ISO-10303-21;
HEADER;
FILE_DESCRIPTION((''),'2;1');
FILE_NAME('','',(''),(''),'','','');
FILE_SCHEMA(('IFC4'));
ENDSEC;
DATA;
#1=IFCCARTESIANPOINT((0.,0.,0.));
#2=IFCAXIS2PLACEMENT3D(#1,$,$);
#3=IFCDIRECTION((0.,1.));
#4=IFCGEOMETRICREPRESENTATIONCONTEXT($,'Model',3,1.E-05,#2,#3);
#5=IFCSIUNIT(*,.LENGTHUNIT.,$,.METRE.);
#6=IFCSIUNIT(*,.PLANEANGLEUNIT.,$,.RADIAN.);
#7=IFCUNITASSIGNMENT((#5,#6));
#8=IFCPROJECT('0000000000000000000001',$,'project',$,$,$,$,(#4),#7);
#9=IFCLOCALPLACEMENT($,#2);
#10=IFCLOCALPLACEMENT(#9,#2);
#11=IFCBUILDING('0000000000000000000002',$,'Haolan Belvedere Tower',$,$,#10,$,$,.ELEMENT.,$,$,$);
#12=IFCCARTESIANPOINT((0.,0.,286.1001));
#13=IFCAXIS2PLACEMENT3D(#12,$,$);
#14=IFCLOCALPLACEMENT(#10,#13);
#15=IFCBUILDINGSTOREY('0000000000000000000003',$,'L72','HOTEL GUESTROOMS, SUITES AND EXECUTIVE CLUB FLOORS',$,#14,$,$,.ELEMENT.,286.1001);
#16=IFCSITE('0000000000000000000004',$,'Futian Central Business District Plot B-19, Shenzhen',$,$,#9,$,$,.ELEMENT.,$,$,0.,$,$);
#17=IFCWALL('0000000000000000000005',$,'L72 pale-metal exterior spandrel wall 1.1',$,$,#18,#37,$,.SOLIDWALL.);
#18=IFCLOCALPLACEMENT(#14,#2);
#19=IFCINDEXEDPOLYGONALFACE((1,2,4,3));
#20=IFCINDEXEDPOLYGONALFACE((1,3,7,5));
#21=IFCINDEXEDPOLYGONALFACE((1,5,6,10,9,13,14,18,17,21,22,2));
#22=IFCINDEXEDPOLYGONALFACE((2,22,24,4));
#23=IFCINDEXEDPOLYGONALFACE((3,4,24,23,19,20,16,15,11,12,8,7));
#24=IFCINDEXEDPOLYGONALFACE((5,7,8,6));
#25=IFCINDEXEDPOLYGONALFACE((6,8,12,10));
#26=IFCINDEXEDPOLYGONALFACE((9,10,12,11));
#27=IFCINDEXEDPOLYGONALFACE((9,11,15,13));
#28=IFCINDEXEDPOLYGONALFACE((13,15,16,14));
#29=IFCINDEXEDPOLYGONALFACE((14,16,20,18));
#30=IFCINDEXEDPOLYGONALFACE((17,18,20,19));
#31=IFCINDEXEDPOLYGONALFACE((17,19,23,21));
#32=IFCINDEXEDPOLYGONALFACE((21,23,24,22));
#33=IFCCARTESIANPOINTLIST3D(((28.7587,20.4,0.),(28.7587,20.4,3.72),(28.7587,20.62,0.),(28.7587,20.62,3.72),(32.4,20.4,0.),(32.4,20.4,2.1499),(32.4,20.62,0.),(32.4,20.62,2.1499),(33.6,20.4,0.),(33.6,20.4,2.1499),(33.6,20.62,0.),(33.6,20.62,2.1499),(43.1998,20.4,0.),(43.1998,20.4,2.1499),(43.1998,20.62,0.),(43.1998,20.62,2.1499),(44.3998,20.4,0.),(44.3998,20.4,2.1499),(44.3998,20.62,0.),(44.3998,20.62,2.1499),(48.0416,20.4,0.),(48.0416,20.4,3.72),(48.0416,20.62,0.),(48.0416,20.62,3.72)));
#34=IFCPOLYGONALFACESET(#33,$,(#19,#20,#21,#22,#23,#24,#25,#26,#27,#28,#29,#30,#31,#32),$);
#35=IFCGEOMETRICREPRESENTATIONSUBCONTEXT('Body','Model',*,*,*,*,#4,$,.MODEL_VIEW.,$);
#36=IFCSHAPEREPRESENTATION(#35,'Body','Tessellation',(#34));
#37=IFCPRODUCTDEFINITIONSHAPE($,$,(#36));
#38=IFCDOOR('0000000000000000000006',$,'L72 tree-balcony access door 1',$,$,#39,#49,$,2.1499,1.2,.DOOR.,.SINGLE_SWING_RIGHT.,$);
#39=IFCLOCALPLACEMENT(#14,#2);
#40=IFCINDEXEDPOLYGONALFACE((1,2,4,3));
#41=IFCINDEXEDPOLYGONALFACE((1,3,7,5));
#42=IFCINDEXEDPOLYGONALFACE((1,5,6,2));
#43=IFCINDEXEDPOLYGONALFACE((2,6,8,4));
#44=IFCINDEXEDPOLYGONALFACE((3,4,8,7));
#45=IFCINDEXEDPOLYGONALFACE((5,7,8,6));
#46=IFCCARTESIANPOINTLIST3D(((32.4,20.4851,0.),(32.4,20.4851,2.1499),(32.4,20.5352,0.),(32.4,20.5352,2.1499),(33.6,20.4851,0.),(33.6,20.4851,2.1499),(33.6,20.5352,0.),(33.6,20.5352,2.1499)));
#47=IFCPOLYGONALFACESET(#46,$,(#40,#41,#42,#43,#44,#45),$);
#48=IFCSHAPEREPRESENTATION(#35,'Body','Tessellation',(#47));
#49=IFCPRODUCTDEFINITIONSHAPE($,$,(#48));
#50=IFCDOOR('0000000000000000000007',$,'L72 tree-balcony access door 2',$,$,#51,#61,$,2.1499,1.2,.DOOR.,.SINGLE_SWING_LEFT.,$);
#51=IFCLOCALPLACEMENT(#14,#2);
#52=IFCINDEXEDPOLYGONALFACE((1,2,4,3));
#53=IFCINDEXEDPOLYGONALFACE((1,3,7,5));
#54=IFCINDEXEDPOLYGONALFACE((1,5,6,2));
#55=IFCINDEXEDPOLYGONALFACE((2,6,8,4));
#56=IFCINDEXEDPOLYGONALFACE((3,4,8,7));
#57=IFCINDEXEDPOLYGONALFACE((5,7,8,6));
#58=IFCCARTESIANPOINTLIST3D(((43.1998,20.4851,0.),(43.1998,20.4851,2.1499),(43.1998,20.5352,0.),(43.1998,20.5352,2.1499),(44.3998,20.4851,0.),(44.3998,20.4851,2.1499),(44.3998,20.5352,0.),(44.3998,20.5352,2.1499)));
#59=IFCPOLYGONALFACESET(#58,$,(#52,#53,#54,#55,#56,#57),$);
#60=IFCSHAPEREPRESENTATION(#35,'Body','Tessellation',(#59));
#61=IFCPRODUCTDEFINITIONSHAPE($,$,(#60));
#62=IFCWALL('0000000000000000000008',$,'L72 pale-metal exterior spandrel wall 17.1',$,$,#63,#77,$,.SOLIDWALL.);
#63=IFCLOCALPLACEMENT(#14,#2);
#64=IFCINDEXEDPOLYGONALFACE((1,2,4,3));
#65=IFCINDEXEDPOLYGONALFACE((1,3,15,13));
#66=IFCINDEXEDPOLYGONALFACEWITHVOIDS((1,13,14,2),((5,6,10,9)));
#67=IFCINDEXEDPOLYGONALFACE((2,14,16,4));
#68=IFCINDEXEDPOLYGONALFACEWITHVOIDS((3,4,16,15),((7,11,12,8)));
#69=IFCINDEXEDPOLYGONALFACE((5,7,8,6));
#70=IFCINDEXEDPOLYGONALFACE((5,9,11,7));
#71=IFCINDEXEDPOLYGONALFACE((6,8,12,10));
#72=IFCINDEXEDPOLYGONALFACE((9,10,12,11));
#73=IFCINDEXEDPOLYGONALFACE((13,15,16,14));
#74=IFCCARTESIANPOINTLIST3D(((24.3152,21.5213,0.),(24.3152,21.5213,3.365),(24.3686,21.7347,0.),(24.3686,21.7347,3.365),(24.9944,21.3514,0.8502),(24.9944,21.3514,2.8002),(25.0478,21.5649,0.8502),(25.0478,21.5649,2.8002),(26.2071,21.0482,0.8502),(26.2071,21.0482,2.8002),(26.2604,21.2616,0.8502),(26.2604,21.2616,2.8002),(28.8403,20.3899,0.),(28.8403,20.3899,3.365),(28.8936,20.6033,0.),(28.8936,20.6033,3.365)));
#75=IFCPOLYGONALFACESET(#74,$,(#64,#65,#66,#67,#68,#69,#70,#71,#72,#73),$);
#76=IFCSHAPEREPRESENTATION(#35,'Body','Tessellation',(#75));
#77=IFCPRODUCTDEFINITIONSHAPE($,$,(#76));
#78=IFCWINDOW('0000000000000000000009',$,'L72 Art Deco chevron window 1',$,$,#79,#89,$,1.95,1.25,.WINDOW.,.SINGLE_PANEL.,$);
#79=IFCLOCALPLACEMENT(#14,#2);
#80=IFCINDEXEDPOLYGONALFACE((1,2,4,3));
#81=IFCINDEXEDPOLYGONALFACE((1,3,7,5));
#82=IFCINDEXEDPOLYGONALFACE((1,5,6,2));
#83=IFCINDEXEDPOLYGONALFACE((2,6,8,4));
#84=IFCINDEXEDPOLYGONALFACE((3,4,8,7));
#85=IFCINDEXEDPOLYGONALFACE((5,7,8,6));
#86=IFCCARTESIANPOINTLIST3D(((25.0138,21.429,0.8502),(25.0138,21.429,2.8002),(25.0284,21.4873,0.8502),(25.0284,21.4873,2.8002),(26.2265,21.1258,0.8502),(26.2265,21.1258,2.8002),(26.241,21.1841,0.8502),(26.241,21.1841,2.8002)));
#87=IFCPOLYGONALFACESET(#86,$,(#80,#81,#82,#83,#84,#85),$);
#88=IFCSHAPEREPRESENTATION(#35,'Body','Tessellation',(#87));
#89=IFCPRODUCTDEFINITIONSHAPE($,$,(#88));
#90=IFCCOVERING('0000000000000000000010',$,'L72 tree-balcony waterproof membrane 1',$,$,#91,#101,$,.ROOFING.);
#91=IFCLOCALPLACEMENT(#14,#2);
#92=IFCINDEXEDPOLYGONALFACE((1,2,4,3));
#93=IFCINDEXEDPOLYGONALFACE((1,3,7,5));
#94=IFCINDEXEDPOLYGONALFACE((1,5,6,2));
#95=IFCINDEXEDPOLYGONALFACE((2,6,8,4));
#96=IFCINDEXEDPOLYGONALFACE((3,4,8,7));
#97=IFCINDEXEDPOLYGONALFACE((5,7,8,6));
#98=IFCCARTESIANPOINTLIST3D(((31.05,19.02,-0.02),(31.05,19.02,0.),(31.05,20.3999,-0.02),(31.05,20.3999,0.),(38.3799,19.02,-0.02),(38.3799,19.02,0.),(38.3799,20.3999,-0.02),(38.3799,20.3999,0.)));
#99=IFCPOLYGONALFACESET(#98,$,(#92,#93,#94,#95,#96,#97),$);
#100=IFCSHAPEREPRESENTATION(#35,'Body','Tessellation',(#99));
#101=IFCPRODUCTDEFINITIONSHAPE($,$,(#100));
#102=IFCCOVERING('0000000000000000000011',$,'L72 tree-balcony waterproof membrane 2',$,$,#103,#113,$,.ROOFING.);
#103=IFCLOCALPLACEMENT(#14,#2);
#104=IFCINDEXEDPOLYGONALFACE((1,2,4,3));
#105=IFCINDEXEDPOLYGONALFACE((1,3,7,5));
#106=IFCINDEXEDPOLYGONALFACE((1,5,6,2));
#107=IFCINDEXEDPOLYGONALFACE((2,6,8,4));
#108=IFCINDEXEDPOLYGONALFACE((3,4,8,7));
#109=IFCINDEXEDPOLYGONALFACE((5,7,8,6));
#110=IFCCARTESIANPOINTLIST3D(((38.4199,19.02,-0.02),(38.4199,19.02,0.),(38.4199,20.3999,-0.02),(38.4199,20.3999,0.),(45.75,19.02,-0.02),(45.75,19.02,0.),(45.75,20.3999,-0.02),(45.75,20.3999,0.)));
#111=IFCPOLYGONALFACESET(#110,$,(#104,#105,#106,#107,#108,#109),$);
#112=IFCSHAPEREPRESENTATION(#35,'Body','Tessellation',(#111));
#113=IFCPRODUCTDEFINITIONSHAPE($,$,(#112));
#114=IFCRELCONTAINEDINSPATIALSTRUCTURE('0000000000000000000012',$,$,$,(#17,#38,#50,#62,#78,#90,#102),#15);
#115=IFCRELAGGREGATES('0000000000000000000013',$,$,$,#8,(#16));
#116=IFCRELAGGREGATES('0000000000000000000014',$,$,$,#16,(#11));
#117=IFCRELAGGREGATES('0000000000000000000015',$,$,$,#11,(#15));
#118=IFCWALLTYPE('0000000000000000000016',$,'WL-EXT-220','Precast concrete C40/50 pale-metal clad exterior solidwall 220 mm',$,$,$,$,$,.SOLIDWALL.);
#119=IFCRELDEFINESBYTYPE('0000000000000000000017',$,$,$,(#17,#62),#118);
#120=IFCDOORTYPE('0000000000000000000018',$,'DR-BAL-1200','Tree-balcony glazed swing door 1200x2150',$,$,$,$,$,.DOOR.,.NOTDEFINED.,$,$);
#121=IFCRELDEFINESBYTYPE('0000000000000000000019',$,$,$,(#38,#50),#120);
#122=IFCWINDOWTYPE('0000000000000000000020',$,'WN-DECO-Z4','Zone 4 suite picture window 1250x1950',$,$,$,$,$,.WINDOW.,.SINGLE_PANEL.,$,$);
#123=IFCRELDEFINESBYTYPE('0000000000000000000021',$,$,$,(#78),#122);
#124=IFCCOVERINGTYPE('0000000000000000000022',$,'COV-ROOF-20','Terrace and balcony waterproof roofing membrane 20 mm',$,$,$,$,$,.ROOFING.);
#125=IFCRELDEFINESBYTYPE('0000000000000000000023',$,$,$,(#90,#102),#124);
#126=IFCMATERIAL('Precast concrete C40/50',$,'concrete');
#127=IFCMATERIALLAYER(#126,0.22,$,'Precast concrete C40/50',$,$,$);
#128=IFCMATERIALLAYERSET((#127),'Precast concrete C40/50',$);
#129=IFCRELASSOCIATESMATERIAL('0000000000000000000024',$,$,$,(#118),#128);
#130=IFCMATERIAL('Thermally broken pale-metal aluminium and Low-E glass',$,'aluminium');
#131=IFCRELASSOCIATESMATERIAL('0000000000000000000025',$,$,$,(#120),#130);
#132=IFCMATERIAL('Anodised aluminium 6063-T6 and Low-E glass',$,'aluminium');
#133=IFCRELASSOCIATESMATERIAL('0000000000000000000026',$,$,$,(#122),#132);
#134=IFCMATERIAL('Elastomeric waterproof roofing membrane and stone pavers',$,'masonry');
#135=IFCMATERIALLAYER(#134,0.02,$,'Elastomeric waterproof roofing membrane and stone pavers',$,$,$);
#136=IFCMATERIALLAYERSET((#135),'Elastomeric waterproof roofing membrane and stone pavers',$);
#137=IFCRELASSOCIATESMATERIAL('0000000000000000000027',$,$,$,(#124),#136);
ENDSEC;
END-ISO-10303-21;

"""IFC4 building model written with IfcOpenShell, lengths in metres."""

from ifc_helpers import new_model, si_unit, direction, frame, frame_2d, origin, place, context, subcontext, project, spatial, polyline, rectangle, outline, extrude, material, layer, layer_set, type_object, element, fill, save


model = new_model("IFC4")

# Units and contexts
model_context = context("Model", 3, precision=1e-05, world=origin(), true_north=direction((0.0, 1.0)))
body_context = subcontext(model_context, "Body", "Model", "MODEL_VIEW")
ifc_project = project(units=[si_unit("LENGTHUNIT", "METRE"), si_unit("PLANEANGLEUNIT", "RADIAN")], contexts=[model_context])

# Site, building, storey
site_placement = place(None, origin())
site = spatial("IfcSite", under=ifc_project, at=site_placement, Name="Futian Central Business District Plot B-19, Shenzhen", CompositionType="ELEMENT", RefElevation=0.0)
building_placement = place(site_placement, origin())
building = spatial("IfcBuilding", under=site, at=building_placement, Name="Haolan Belvedere Tower", CompositionType="ELEMENT")
storey_placement = place(building_placement, frame((0.0, 0.0, 286.1001)))
storey = spatial("IfcBuildingStorey", under=building, at=storey_placement, Name="L72", Description="HOTEL GUESTROOMS, SUITES AND EXECUTIVE CLUB FLOORS", CompositionType="ELEMENT", Elevation=286.1001)

# Wall, openings, doors
ifc_material_1 = material(Name="Precast concrete C40/50", Category="concrete")
ifc_layer_1 = layer(ifc_material_1, 0.22, Name="Precast concrete C40/50")
ifc_layer_set_1 = layer_set([ifc_layer_1], Name="Precast concrete C40/50")
wall_type = type_object("IfcWallType", Name="WL-EXT-220", Description="Precast concrete C40/50 pale-metal clad exterior solidwall 220 mm", PredefinedType="SOLIDWALL", material=ifc_layer_set_1)
wall_1_placement = place(storey_placement, frame((28.7585, 20.51, 0.0), z_axis=(0.0, 0.0, 1.0), x_axis=(1.0, 0.0, 0.0)))
wall_1 = element("IfcWall", 1, at=wall_1_placement, inside=storey, type_object=wall_type, Name="L72 pale-metal exterior spandrel wall 1.1", PredefinedType="SOLIDWALL", context=body_context, shape_type="SweptSolid", body=[
    extrude(rectangle(XDim=19.283, YDim=0.22, at=frame_2d((9.6416, 0.0))), origin(), (0.0, 0.0, 1.0), 3.72),
])
opening_1_placement = place(wall_1_placement, frame((4.8416, 0.0, 0.0), z_axis=(0.0, 0.0, 1.0), x_axis=(-1.0, 0.0, 0.0)))
opening_1 = element("IfcOpeningElement", 2, at=opening_1_placement, cuts=wall_1, PredefinedType="OPENING", context=body_context, shape_type="SweptSolid", body=[
    extrude(rectangle(XDim=1.2, YDim=2.1499, at=frame_2d((0.6001, 1.075))), frame((0.0, 0.1199, 0.0), z_axis=(0.0, -1.0, 0.0), x_axis=(1.0, 0.0, 0.0)), (0.0, 0.0, 1.0), 0.24),
])
opening_2_placement = place(wall_1_placement, frame((15.6414, 0.0, 0.0), z_axis=(0.0, 0.0, 1.0), x_axis=(-1.0, 0.0, 0.0)))
opening_2 = element("IfcOpeningElement", 3, at=opening_2_placement, cuts=wall_1, PredefinedType="OPENING", context=body_context, shape_type="SweptSolid", body=[
    extrude(rectangle(XDim=1.2, YDim=2.1499, at=frame_2d((0.6001, 1.075))), frame((0.0, 0.1199, 0.0), z_axis=(0.0, -1.0, 0.0), x_axis=(1.0, 0.0, 0.0)), (0.0, 0.0, 1.0), 0.24),
])
ifc_material_2 = material(Name="Thermally broken pale-metal aluminium and Low-E glass", Category="aluminium")
door_type = type_object("IfcDoorType", Name="DR-BAL-1200", Description="Tree-balcony glazed swing door 1200x2150", OperationType="NOTDEFINED", PredefinedType="DOOR", material=ifc_material_2)
door_1_placement = place(opening_1_placement, origin())
door_1 = element("IfcDoor", 4, at=door_1_placement, inside=storey, type_object=door_type, Name="L72 tree-balcony access door 1", OperationType="SINGLE_SWING_RIGHT", OverallHeight=2.1499, OverallWidth=1.2, PredefinedType="DOOR", context=body_context, shape_type="SweptSolid", body=[
    extrude(rectangle(XDim=1.2, YDim=2.1499, at=frame_2d((0.6001, 1.075))), frame((0.0, 0.0249, 0.0), z_axis=(0.0, -1.0, 0.0), x_axis=(1.0, 0.0, 0.0)), (0.0, 0.0, 1.0), 0.05),
])
fill(opening_1, door_1)
door_2_placement = place(opening_2_placement, origin())
door_2 = element("IfcDoor", 5, at=door_2_placement, inside=storey, type_object=door_type, Name="L72 tree-balcony access door 2", OperationType="SINGLE_SWING_LEFT", OverallHeight=2.1499, OverallWidth=1.2, PredefinedType="DOOR", context=body_context, shape_type="SweptSolid", body=[
    extrude(rectangle(XDim=1.2, YDim=2.1499, at=frame_2d((0.6001, 1.075))), frame((0.0, 0.0249, 0.0), z_axis=(0.0, -1.0, 0.0), x_axis=(1.0, 0.0, 0.0)), (0.0, 0.0, 1.0), 0.05),
])
fill(opening_2, door_2)

# Wall, opening, window
wall_2_placement = place(storey_placement, frame((24.342, 21.6279, 0.0), z_axis=(0.0, 0.0, 1.0), x_axis=(0.970136, -0.24256, 0.0)))
wall_2 = element("IfcWall", 6, at=wall_2_placement, inside=storey, type_object=wall_type, Name="L72 pale-metal exterior spandrel wall 17.1", PredefinedType="SOLIDWALL", context=body_context, shape_type="SweptSolid", body=[
    extrude(rectangle(XDim=4.6643, YDim=0.22, at=frame_2d((2.332, 0.0))), origin(), (0.0, 0.0, 1.0), 3.365),
])
opening_3_placement = place(wall_2_placement, frame((0.7, 0.0, 0.8501)))
opening_3 = element("IfcOpeningElement", 7, at=opening_3_placement, cuts=wall_2, PredefinedType="OPENING", context=body_context, shape_type="SweptSolid", body=[
    extrude(rectangle(XDim=1.25, YDim=1.95, at=frame_2d((0.625, 0.9751))), frame((0.0, 0.1199, 0.0), z_axis=(0.0, -1.0, 0.0), x_axis=(1.0, 0.0, 0.0)), (0.0, 0.0, 1.0), 0.24),
])
ifc_material_3 = material(Name="Anodised aluminium 6063-T6 and Low-E glass", Category="aluminium")
window_type = type_object("IfcWindowType", Name="WN-DECO-Z4", Description="Zone 4 suite picture window 1250x1950", PartitioningType="SINGLE_PANEL", PredefinedType="WINDOW", material=ifc_material_3)
window_placement = place(opening_3_placement, origin())
window = element("IfcWindow", 8, at=window_placement, inside=storey, type_object=window_type, Name="L72 Art Deco chevron window 1", OverallHeight=1.95, OverallWidth=1.25, PartitioningType="SINGLE_PANEL", PredefinedType="WINDOW", context=body_context, shape_type="SweptSolid", body=[
    extrude(rectangle(XDim=1.25, YDim=1.95, at=frame_2d((0.625, 0.9751))), frame((0.0, 0.03, 0.0), z_axis=(0.0, -1.0, 0.0), x_axis=(1.0, 0.0, 0.0)), (0.0, 0.0, 1.0), 0.0601),
])
fill(opening_3, window)

# Coverings
ifc_material_4 = material(Name="Elastomeric waterproof roofing membrane and stone pavers", Category="masonry")
ifc_layer_2 = layer(ifc_material_4, 0.02, Name="Elastomeric waterproof roofing membrane and stone pavers")
ifc_layer_set_2 = layer_set([ifc_layer_2], Name="Elastomeric waterproof roofing membrane and stone pavers")
covering_type = type_object("IfcCoveringType", Name="COV-ROOF-20", Description="Terrace and balcony waterproof roofing membrane 20 mm", PredefinedType="ROOFING", material=ifc_layer_set_2)
covering_1_placement = place(storey_placement, frame((0.0, 0.0, -0.02)))
element("IfcCovering", 9, at=covering_1_placement, inside=storey, type_object=covering_type, Name="L72 tree-balcony waterproof membrane 1", PredefinedType="ROOFING", context=body_context, shape_type="SweptSolid", body=[
    extrude(outline(polyline([(31.05, 19.02), (38.3799, 19.02), (38.3799, 20.3999), (31.05, 20.3999), (31.05, 19.02)])), origin(), (0.0, 0.0, 1.0), 0.02),
])
covering_2_placement = place(storey_placement, frame((0.0, 0.0, -0.02)))
element("IfcCovering", 10, at=covering_2_placement, inside=storey, type_object=covering_type, Name="L72 tree-balcony waterproof membrane 2", PredefinedType="ROOFING", context=body_context, shape_type="SweptSolid", body=[
    extrude(outline(polyline([(38.4199, 19.02), (45.75, 19.02), (45.75, 20.3999), (38.4199, 20.3999), (38.4199, 19.02)])), origin(), (0.0, 0.0, 1.0), 0.02),
])

save(model, "model.ifc")
